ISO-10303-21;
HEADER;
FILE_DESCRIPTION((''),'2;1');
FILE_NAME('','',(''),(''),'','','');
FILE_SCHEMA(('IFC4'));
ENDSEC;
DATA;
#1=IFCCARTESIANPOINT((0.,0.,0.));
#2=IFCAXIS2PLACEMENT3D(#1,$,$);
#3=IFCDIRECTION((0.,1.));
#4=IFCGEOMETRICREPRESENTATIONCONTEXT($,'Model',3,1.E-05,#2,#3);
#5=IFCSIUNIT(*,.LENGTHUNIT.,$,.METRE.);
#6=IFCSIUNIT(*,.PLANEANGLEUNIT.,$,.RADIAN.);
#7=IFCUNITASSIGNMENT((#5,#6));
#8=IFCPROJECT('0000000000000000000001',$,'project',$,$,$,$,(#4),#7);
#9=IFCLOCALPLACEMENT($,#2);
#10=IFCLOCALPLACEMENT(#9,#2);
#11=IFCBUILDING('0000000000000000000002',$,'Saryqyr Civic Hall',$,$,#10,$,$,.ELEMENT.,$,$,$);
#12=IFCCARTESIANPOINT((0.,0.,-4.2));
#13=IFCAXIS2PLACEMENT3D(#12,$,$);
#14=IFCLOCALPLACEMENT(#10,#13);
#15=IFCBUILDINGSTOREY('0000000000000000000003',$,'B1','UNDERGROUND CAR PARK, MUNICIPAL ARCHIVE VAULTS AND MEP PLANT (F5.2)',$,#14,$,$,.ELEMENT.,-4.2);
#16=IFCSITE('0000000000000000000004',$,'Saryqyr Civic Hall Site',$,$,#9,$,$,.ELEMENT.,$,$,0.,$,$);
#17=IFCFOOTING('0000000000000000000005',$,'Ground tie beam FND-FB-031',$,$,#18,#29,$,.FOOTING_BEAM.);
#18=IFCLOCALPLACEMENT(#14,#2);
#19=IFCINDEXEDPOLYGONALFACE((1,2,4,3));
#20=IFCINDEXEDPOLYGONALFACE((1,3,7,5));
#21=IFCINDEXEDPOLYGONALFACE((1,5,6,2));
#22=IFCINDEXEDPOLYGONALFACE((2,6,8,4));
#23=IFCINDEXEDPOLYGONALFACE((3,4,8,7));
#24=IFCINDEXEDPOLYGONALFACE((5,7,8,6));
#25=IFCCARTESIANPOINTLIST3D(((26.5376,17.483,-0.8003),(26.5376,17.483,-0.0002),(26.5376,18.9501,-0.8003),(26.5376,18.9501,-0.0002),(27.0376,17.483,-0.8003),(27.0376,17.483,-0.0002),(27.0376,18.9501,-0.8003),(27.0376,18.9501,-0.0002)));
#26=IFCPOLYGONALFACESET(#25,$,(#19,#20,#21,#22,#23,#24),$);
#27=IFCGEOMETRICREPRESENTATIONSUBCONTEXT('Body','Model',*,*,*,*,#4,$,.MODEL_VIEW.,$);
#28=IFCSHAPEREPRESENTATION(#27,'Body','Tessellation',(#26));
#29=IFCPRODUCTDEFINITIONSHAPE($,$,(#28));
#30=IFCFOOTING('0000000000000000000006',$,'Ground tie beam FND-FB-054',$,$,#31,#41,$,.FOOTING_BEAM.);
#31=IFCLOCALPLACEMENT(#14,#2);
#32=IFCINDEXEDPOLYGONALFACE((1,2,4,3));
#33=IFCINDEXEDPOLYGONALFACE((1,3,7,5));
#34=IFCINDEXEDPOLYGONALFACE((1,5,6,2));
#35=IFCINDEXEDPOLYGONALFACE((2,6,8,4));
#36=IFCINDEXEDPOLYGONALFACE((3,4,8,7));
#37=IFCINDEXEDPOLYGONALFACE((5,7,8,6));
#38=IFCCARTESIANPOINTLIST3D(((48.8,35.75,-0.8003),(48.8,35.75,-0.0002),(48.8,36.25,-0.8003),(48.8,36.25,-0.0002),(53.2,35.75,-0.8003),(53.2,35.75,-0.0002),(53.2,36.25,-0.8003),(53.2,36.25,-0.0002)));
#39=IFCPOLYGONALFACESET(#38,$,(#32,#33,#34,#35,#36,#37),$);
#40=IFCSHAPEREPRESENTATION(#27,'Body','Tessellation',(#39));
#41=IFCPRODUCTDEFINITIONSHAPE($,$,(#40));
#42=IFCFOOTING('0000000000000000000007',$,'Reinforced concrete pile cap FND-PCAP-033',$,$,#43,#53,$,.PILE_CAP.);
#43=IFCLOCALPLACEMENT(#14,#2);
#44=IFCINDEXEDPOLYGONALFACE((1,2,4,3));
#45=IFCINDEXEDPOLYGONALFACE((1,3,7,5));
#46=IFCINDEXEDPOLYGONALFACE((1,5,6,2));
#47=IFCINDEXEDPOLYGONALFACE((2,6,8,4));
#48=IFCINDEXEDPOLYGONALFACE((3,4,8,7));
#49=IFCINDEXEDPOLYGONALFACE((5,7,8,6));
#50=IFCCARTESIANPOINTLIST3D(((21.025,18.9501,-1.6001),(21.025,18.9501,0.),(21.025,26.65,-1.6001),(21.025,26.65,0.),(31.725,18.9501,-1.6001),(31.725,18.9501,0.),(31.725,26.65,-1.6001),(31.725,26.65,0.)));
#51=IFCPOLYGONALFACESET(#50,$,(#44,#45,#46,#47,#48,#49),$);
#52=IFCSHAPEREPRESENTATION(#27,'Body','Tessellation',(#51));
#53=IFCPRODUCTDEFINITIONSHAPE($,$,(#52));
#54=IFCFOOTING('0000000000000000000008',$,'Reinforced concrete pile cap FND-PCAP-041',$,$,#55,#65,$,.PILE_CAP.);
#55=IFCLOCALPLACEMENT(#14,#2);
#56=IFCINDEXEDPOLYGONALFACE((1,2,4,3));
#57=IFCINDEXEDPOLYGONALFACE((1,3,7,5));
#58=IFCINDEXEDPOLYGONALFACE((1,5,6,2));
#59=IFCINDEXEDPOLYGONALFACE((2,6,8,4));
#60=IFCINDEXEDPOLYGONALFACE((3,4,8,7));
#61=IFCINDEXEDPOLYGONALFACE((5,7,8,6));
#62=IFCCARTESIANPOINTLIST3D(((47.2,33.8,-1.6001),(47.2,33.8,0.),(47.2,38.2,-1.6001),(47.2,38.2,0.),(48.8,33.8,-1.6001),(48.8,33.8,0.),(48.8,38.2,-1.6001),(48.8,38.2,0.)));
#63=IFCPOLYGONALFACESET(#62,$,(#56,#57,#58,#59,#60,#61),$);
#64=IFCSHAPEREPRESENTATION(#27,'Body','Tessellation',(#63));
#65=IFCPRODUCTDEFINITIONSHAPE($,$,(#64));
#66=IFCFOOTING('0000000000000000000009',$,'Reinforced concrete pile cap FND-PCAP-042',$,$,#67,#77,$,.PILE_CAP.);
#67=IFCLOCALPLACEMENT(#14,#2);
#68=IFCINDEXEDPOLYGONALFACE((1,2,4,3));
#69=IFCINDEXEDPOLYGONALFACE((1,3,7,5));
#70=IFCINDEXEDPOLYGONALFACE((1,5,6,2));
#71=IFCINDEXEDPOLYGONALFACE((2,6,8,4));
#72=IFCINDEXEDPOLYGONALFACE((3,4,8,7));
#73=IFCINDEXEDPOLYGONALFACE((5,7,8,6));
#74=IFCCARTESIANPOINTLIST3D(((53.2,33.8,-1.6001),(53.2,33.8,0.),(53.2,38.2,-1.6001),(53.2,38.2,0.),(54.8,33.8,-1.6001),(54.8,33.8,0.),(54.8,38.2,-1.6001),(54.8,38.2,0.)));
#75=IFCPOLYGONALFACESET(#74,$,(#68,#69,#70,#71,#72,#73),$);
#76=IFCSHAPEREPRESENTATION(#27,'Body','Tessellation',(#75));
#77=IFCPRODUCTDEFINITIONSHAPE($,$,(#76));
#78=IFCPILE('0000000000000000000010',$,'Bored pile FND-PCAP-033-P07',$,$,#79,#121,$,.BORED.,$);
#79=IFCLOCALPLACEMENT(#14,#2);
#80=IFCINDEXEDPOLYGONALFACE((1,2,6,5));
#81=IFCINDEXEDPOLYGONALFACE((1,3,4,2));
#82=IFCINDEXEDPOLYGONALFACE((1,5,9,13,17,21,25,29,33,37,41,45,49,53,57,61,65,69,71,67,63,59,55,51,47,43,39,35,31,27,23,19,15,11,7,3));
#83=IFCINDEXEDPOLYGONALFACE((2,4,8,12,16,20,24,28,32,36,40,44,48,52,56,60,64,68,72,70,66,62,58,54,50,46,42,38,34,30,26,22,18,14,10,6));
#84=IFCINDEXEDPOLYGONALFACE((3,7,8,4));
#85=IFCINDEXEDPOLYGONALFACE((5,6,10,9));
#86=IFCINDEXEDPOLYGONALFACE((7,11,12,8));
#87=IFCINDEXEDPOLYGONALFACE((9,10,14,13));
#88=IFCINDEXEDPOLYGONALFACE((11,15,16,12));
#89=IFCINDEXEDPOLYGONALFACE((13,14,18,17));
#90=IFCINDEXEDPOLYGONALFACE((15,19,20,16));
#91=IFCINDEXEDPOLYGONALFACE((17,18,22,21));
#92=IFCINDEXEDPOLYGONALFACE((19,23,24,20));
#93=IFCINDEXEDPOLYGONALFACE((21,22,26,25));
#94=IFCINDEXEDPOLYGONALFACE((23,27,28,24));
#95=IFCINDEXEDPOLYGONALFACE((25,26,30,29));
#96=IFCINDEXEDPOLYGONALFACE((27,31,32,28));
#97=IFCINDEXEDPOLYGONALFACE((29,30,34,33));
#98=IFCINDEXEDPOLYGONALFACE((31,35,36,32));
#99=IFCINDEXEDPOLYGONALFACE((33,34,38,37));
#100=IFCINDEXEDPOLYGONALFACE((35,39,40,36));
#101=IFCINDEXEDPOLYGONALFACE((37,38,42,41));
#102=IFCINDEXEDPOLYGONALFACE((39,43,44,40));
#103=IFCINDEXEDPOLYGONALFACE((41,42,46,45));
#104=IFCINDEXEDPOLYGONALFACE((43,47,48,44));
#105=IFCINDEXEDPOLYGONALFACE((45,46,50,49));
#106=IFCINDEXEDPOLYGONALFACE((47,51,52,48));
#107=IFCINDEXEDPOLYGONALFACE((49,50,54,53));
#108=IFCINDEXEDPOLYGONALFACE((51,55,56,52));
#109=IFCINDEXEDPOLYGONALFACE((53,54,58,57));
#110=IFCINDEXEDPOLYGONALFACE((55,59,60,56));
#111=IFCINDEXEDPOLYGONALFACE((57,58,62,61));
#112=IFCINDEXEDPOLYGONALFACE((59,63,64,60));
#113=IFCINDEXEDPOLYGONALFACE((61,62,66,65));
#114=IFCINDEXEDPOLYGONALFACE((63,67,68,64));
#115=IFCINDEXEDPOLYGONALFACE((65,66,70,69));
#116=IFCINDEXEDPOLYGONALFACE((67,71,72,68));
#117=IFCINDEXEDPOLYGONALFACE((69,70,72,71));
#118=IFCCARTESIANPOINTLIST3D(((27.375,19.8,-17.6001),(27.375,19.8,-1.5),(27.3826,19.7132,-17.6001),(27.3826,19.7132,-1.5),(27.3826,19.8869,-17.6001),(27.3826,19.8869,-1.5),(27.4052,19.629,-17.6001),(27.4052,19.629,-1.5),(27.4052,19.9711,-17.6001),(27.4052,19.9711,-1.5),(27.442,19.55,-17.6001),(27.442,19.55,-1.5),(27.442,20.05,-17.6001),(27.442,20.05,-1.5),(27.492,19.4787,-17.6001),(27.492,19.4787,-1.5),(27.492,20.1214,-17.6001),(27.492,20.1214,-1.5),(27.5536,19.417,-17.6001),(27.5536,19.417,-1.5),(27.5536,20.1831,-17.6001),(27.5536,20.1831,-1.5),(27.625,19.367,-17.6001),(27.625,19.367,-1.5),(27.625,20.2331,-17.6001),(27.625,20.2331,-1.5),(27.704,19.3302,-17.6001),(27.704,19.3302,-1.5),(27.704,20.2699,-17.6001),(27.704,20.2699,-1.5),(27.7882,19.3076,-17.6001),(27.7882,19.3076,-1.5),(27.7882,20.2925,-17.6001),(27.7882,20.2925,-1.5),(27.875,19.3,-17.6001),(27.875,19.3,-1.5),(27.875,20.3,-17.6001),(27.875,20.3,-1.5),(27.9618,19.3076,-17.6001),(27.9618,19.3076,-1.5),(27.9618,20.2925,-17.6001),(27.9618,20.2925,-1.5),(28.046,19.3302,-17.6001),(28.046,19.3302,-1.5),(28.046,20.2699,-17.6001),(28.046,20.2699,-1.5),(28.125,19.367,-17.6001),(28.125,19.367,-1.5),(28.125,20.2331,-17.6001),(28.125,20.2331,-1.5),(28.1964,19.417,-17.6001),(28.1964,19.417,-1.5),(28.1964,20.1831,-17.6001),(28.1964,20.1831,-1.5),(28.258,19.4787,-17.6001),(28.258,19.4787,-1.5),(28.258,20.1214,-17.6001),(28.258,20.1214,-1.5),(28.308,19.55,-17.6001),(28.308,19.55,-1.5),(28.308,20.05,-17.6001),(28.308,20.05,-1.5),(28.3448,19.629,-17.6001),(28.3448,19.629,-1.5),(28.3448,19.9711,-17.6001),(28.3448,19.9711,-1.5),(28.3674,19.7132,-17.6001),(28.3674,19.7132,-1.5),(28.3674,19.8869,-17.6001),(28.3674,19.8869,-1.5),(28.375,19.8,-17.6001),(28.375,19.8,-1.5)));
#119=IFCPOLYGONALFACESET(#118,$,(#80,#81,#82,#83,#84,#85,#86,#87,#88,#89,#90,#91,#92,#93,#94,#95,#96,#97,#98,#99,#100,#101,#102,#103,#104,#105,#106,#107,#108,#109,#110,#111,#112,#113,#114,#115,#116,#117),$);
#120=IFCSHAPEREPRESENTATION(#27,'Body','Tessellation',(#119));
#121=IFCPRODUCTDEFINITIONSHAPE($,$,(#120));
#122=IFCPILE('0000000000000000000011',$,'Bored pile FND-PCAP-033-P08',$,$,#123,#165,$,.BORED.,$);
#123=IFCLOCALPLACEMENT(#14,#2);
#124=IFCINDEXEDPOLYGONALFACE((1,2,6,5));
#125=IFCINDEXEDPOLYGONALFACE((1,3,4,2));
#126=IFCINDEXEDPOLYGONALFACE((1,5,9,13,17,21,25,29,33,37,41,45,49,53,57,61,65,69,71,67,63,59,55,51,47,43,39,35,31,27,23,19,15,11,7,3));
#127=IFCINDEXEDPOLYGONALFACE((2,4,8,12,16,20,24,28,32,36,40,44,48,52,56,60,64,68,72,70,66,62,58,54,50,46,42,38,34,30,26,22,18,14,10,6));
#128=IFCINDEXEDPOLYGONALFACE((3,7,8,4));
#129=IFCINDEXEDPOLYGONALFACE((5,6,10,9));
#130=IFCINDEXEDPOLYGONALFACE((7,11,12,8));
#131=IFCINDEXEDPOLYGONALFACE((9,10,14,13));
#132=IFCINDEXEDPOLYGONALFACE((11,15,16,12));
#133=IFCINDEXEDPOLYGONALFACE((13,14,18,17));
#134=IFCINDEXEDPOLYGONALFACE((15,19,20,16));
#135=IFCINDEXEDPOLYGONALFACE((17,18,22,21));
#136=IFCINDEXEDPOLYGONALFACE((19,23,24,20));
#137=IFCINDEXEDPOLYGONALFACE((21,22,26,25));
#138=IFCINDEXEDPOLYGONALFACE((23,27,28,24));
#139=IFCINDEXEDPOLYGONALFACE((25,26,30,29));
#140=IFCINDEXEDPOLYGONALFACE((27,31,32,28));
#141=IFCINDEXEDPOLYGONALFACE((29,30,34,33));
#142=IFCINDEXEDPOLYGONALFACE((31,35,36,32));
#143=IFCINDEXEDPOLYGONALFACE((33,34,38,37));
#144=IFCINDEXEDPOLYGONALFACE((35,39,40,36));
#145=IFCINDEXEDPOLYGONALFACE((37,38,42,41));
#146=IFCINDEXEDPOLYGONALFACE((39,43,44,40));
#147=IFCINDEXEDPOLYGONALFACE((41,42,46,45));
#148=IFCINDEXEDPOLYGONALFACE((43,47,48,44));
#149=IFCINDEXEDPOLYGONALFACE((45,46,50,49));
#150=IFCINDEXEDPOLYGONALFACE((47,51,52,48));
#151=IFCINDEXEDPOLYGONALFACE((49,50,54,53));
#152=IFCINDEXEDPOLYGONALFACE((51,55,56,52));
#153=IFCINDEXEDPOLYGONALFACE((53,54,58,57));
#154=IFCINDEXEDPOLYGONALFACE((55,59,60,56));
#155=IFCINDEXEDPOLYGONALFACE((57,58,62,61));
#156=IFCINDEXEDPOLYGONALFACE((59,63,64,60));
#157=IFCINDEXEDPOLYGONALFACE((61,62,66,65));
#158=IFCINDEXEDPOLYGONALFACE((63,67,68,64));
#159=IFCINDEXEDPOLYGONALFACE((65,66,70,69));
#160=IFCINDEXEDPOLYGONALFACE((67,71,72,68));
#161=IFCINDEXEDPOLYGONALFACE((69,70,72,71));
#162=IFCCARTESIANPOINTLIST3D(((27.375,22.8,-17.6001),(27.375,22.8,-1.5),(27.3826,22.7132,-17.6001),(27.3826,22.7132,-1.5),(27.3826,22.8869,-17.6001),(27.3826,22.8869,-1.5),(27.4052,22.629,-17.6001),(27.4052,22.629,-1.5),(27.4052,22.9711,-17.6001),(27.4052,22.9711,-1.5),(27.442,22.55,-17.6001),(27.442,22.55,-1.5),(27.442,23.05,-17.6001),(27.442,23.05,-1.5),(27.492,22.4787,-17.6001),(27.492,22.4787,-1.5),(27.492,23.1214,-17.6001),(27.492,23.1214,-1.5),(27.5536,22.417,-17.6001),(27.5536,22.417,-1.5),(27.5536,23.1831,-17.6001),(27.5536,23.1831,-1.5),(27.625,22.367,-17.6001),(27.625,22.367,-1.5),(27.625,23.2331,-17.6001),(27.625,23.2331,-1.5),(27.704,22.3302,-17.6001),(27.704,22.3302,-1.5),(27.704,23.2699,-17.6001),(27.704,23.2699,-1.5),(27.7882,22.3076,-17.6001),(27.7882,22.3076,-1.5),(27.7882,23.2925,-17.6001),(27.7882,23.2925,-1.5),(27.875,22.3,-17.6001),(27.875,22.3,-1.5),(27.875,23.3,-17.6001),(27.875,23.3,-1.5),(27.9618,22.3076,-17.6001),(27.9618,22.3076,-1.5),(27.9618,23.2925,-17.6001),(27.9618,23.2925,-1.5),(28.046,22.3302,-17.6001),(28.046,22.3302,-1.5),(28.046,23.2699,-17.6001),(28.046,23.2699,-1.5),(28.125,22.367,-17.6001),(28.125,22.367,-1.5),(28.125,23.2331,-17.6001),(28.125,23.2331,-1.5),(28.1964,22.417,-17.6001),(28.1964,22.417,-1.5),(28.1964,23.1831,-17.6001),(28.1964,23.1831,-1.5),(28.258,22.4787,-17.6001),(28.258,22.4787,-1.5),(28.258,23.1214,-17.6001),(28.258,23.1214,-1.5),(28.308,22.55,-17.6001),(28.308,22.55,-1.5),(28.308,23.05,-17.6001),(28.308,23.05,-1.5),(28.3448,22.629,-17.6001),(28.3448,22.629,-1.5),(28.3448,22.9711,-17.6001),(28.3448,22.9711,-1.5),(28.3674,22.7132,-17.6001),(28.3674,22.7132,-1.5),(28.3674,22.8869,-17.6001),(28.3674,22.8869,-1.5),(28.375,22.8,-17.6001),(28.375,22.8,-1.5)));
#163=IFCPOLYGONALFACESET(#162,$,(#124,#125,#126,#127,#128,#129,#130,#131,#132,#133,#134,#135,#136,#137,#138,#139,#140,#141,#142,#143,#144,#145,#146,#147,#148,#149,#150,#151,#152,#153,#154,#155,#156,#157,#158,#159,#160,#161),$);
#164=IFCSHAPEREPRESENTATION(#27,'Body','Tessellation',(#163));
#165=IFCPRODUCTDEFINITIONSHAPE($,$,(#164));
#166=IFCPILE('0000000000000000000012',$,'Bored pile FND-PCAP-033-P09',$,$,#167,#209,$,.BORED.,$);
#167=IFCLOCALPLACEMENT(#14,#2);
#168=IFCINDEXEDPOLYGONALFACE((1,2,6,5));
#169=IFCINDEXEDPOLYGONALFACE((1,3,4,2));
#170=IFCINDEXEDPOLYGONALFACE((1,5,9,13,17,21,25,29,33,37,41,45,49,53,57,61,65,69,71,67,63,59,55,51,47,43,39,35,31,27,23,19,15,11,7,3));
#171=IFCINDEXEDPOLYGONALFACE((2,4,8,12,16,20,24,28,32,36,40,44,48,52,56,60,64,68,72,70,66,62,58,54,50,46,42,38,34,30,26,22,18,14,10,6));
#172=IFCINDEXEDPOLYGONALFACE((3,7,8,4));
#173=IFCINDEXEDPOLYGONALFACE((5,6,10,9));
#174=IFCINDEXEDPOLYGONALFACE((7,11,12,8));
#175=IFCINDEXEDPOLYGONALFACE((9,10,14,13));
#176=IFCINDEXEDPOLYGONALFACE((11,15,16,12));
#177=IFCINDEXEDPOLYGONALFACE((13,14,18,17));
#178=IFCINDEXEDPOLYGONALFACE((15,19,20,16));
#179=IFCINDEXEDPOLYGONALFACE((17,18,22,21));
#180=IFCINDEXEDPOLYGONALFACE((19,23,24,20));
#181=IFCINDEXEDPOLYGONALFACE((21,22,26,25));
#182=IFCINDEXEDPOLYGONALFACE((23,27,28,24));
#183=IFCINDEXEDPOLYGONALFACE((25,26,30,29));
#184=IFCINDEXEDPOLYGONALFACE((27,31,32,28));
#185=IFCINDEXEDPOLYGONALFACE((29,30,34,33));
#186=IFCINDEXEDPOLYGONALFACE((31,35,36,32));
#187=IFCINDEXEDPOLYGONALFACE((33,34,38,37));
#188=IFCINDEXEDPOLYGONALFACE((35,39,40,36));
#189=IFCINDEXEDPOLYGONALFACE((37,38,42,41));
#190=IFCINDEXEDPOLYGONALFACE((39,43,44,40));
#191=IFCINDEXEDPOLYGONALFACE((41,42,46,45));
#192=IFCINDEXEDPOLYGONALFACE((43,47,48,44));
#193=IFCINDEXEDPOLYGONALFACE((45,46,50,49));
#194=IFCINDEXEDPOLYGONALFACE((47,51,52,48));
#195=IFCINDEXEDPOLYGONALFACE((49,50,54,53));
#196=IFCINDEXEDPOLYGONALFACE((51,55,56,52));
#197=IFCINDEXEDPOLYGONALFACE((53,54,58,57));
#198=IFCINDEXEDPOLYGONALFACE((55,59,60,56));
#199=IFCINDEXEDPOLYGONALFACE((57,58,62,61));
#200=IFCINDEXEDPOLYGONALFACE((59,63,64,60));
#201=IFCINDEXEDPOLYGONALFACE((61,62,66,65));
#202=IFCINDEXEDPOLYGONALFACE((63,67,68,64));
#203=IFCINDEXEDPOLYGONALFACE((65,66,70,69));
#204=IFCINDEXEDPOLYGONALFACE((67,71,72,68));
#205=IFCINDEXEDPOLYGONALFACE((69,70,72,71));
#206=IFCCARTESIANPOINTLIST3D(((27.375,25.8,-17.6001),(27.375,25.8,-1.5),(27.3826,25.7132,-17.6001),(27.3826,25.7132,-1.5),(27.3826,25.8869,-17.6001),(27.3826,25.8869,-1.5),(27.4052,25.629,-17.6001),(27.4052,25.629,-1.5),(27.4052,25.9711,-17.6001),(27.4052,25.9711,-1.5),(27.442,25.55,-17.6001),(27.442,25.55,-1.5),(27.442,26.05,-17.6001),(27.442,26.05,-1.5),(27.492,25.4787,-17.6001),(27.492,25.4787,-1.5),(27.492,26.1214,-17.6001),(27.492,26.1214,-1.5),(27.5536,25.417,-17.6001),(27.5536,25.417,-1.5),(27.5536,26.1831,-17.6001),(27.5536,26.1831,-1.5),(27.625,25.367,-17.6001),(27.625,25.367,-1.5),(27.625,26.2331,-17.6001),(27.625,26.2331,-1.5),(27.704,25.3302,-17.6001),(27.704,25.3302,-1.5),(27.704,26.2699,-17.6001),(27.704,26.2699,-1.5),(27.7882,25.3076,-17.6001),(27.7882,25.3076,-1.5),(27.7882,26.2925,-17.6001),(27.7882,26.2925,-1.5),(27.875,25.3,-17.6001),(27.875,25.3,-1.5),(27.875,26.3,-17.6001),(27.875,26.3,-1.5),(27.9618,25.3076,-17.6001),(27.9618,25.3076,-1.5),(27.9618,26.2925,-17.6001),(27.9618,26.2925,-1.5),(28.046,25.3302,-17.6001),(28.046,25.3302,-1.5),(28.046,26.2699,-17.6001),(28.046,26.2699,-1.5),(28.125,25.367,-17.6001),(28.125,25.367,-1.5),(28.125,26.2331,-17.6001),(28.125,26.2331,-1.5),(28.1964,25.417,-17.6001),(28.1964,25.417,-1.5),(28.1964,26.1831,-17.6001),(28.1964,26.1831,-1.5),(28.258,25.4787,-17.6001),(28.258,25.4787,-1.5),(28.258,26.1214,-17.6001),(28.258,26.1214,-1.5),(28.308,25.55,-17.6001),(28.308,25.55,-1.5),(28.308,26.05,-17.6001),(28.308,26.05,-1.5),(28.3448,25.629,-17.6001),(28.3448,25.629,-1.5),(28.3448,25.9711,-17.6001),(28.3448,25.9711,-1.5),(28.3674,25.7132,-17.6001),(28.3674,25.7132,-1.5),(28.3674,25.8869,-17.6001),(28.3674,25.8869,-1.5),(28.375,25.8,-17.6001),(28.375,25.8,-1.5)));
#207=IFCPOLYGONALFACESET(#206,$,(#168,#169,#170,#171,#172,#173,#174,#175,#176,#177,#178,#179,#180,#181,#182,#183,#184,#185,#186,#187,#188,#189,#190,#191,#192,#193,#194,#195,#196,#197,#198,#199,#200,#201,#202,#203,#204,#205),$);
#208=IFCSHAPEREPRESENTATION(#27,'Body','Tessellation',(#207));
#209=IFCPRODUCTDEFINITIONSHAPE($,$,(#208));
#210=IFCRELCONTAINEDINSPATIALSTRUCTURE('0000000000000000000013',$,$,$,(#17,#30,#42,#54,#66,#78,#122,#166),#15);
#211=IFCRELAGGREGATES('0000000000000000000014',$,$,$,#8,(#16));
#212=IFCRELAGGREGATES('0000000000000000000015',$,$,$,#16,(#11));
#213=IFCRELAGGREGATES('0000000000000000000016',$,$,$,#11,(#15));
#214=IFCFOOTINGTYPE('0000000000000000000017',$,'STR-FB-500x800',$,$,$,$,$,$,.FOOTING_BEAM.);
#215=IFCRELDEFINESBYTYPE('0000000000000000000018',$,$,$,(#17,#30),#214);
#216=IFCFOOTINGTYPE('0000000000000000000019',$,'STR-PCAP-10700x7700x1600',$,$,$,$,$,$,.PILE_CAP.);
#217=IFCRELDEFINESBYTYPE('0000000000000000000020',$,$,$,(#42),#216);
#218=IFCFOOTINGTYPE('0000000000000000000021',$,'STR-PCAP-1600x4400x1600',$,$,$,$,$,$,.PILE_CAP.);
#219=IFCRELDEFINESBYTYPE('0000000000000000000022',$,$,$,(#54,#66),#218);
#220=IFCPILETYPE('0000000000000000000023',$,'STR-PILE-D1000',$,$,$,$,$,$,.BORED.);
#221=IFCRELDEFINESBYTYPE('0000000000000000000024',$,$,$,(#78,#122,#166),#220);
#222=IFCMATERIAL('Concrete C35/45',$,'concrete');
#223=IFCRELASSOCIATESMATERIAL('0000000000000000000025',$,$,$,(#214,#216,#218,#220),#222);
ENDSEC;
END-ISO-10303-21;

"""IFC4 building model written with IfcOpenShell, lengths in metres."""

from ifc_helpers import new_model, si_unit, direction, frame, origin, origin_2d, place, context, subcontext, project, spatial, rectangle, circle, extrude, material, material_profile, profile_set, type_object, element, save


model = new_model("IFC4")

# Units and contexts
model_context = context("Model", 3, precision=1e-05, world=origin(), true_north=direction((0.0, 1.0)))
body_context = subcontext(model_context, "Body", "Model", "MODEL_VIEW")
ifc_project = project(units=[si_unit("LENGTHUNIT", "METRE"), si_unit("PLANEANGLEUNIT", "RADIAN")], contexts=[model_context])

# Site, building, storey
site_placement = place(None, origin())
site = spatial("IfcSite", under=ifc_project, at=site_placement, Name="Saryqyr Civic Hall Site", CompositionType="ELEMENT", RefElevation=0.0)
building_placement = place(site_placement, origin())
building = spatial("IfcBuilding", under=site, at=building_placement, Name="Saryqyr Civic Hall", CompositionType="ELEMENT")
storey_placement = place(building_placement, frame((0.0, 0.0, -4.2)))
storey = spatial("IfcBuildingStorey", under=building, at=storey_placement, Name="B1", Description="UNDERGROUND CAR PARK, MUNICIPAL ARCHIVE VAULTS AND MEP PLANT (F5.2)", CompositionType="ELEMENT", Elevation=-4.2)

# Footings
ifc_material_1 = material(Name="Concrete C35/45", Category="concrete")
footing_type_1 = type_object("IfcFootingType", Name="STR-FB-500x800", PredefinedType="FOOTING_BEAM", material=ifc_material_1)
footing_1_placement = place(storey_placement, frame((26.7876, 18.2166, -0.8003), z_axis=(0.0, 0.0, 1.0), x_axis=(1.0, 0.0, 0.0)))
element("IfcFooting", 1, at=footing_1_placement, inside=storey, type_object=footing_type_1, Name="Ground tie beam FND-FB-031", PredefinedType="FOOTING_BEAM", context=body_context, shape_type="SweptSolid", body=[
    extrude(rectangle(XDim=0.5, YDim=1.467, at=origin_2d()), origin(), (0.0, 0.0, 1.0), 0.8),
])
footing_2_placement = place(storey_placement, frame((51.0, 36.0, -0.8003), z_axis=(0.0, 0.0, 1.0), x_axis=(1.0, 0.0, 0.0)))
element("IfcFooting", 2, at=footing_2_placement, inside=storey, type_object=footing_type_1, Name="Ground tie beam FND-FB-054", PredefinedType="FOOTING_BEAM", context=body_context, shape_type="SweptSolid", body=[
    extrude(rectangle(XDim=4.3999, YDim=0.5, at=origin_2d()), origin(), (0.0, 0.0, 1.0), 0.8),
])
footing_type_2 = type_object("IfcFootingType", Name="STR-PCAP-10700x7700x1600", PredefinedType="PILE_CAP", material=ifc_material_1)
footing_3_placement = place(storey_placement, frame((26.375, 22.8, -1.6001), z_axis=(0.0, 0.0, 1.0), x_axis=(1.0, 0.0, 0.0)))
element("IfcFooting", 3, at=footing_3_placement, inside=storey, type_object=footing_type_2, Name="Reinforced concrete pile cap FND-PCAP-033", PredefinedType="PILE_CAP", context=body_context, shape_type="SweptSolid", body=[
    extrude(rectangle(XDim=10.7, YDim=7.7, at=origin_2d()), origin(), (0.0, 0.0, 1.0), 1.6001),
])
footing_type_3 = type_object("IfcFootingType", Name="STR-PCAP-1600x4400x1600", PredefinedType="PILE_CAP", material=ifc_material_1)
for number, where, z_axis, x_axis, name in (
    (4, (48.0, 36.0, -1.6001), (0.0, 0.0, 1.0), (1.0, 0.0, 0.0), "Reinforced concrete pile cap FND-PCAP-041"),
    (5, (54.0, 36.0, -1.6001), (0.0, 0.0, 1.0), (1.0, 0.0, 0.0), "Reinforced concrete pile cap FND-PCAP-042"),
):
    element("IfcFooting", number, at=place(storey_placement, frame(where, z_axis=z_axis, x_axis=x_axis)), inside=storey, type_object=footing_type_3, Name=name, PredefinedType="PILE_CAP", context=body_context, shape_type="SweptSolid", body=[
        extrude(rectangle(XDim=1.6001, YDim=4.3999, at=origin_2d()), origin(), (0.0, 0.0, 1.0), 1.6001),
    ])

# Piles
ifc_material_profile_1 = material_profile(ifc_material_1, circle(Radius=0.5, at=origin_2d()), Name="BORED PILE D1000")
ifc_profile_set_1 = profile_set([ifc_material_profile_1], Name="Concrete C35/45")
pile_type_1 = type_object("IfcPileType", Name="STR-PILE-D1000", PredefinedType="BORED", material=ifc_profile_set_1)
for number, where, z_axis, x_axis, name in (
    (6, (27.875, 19.8, -1.5), (0.0, 0.0, -1.0), (1.0, 0.0, 0.0), "Bored pile FND-PCAP-033-P07"),
    (7, (27.875, 22.8, -1.5), (0.0, 0.0, -1.0), (1.0, 0.0, 0.0), "Bored pile FND-PCAP-033-P08"),
    (8, (27.875, 25.8, -1.5), (0.0, 0.0, -1.0), (1.0, 0.0, 0.0), "Bored pile FND-PCAP-033-P09"),
):
    element("IfcPile", number, at=place(storey_placement, frame(where, z_axis=z_axis, x_axis=x_axis)), inside=storey, type_object=pile_type_1, Name=name, PredefinedType="BORED", context=body_context, shape_type="SweptSolid", body=[
        extrude(circle(Radius=0.5, at=origin_2d()), origin(), (0.0, 0.0, 1.0), 16.1001),
    ])

save(model, "model.ifc")
